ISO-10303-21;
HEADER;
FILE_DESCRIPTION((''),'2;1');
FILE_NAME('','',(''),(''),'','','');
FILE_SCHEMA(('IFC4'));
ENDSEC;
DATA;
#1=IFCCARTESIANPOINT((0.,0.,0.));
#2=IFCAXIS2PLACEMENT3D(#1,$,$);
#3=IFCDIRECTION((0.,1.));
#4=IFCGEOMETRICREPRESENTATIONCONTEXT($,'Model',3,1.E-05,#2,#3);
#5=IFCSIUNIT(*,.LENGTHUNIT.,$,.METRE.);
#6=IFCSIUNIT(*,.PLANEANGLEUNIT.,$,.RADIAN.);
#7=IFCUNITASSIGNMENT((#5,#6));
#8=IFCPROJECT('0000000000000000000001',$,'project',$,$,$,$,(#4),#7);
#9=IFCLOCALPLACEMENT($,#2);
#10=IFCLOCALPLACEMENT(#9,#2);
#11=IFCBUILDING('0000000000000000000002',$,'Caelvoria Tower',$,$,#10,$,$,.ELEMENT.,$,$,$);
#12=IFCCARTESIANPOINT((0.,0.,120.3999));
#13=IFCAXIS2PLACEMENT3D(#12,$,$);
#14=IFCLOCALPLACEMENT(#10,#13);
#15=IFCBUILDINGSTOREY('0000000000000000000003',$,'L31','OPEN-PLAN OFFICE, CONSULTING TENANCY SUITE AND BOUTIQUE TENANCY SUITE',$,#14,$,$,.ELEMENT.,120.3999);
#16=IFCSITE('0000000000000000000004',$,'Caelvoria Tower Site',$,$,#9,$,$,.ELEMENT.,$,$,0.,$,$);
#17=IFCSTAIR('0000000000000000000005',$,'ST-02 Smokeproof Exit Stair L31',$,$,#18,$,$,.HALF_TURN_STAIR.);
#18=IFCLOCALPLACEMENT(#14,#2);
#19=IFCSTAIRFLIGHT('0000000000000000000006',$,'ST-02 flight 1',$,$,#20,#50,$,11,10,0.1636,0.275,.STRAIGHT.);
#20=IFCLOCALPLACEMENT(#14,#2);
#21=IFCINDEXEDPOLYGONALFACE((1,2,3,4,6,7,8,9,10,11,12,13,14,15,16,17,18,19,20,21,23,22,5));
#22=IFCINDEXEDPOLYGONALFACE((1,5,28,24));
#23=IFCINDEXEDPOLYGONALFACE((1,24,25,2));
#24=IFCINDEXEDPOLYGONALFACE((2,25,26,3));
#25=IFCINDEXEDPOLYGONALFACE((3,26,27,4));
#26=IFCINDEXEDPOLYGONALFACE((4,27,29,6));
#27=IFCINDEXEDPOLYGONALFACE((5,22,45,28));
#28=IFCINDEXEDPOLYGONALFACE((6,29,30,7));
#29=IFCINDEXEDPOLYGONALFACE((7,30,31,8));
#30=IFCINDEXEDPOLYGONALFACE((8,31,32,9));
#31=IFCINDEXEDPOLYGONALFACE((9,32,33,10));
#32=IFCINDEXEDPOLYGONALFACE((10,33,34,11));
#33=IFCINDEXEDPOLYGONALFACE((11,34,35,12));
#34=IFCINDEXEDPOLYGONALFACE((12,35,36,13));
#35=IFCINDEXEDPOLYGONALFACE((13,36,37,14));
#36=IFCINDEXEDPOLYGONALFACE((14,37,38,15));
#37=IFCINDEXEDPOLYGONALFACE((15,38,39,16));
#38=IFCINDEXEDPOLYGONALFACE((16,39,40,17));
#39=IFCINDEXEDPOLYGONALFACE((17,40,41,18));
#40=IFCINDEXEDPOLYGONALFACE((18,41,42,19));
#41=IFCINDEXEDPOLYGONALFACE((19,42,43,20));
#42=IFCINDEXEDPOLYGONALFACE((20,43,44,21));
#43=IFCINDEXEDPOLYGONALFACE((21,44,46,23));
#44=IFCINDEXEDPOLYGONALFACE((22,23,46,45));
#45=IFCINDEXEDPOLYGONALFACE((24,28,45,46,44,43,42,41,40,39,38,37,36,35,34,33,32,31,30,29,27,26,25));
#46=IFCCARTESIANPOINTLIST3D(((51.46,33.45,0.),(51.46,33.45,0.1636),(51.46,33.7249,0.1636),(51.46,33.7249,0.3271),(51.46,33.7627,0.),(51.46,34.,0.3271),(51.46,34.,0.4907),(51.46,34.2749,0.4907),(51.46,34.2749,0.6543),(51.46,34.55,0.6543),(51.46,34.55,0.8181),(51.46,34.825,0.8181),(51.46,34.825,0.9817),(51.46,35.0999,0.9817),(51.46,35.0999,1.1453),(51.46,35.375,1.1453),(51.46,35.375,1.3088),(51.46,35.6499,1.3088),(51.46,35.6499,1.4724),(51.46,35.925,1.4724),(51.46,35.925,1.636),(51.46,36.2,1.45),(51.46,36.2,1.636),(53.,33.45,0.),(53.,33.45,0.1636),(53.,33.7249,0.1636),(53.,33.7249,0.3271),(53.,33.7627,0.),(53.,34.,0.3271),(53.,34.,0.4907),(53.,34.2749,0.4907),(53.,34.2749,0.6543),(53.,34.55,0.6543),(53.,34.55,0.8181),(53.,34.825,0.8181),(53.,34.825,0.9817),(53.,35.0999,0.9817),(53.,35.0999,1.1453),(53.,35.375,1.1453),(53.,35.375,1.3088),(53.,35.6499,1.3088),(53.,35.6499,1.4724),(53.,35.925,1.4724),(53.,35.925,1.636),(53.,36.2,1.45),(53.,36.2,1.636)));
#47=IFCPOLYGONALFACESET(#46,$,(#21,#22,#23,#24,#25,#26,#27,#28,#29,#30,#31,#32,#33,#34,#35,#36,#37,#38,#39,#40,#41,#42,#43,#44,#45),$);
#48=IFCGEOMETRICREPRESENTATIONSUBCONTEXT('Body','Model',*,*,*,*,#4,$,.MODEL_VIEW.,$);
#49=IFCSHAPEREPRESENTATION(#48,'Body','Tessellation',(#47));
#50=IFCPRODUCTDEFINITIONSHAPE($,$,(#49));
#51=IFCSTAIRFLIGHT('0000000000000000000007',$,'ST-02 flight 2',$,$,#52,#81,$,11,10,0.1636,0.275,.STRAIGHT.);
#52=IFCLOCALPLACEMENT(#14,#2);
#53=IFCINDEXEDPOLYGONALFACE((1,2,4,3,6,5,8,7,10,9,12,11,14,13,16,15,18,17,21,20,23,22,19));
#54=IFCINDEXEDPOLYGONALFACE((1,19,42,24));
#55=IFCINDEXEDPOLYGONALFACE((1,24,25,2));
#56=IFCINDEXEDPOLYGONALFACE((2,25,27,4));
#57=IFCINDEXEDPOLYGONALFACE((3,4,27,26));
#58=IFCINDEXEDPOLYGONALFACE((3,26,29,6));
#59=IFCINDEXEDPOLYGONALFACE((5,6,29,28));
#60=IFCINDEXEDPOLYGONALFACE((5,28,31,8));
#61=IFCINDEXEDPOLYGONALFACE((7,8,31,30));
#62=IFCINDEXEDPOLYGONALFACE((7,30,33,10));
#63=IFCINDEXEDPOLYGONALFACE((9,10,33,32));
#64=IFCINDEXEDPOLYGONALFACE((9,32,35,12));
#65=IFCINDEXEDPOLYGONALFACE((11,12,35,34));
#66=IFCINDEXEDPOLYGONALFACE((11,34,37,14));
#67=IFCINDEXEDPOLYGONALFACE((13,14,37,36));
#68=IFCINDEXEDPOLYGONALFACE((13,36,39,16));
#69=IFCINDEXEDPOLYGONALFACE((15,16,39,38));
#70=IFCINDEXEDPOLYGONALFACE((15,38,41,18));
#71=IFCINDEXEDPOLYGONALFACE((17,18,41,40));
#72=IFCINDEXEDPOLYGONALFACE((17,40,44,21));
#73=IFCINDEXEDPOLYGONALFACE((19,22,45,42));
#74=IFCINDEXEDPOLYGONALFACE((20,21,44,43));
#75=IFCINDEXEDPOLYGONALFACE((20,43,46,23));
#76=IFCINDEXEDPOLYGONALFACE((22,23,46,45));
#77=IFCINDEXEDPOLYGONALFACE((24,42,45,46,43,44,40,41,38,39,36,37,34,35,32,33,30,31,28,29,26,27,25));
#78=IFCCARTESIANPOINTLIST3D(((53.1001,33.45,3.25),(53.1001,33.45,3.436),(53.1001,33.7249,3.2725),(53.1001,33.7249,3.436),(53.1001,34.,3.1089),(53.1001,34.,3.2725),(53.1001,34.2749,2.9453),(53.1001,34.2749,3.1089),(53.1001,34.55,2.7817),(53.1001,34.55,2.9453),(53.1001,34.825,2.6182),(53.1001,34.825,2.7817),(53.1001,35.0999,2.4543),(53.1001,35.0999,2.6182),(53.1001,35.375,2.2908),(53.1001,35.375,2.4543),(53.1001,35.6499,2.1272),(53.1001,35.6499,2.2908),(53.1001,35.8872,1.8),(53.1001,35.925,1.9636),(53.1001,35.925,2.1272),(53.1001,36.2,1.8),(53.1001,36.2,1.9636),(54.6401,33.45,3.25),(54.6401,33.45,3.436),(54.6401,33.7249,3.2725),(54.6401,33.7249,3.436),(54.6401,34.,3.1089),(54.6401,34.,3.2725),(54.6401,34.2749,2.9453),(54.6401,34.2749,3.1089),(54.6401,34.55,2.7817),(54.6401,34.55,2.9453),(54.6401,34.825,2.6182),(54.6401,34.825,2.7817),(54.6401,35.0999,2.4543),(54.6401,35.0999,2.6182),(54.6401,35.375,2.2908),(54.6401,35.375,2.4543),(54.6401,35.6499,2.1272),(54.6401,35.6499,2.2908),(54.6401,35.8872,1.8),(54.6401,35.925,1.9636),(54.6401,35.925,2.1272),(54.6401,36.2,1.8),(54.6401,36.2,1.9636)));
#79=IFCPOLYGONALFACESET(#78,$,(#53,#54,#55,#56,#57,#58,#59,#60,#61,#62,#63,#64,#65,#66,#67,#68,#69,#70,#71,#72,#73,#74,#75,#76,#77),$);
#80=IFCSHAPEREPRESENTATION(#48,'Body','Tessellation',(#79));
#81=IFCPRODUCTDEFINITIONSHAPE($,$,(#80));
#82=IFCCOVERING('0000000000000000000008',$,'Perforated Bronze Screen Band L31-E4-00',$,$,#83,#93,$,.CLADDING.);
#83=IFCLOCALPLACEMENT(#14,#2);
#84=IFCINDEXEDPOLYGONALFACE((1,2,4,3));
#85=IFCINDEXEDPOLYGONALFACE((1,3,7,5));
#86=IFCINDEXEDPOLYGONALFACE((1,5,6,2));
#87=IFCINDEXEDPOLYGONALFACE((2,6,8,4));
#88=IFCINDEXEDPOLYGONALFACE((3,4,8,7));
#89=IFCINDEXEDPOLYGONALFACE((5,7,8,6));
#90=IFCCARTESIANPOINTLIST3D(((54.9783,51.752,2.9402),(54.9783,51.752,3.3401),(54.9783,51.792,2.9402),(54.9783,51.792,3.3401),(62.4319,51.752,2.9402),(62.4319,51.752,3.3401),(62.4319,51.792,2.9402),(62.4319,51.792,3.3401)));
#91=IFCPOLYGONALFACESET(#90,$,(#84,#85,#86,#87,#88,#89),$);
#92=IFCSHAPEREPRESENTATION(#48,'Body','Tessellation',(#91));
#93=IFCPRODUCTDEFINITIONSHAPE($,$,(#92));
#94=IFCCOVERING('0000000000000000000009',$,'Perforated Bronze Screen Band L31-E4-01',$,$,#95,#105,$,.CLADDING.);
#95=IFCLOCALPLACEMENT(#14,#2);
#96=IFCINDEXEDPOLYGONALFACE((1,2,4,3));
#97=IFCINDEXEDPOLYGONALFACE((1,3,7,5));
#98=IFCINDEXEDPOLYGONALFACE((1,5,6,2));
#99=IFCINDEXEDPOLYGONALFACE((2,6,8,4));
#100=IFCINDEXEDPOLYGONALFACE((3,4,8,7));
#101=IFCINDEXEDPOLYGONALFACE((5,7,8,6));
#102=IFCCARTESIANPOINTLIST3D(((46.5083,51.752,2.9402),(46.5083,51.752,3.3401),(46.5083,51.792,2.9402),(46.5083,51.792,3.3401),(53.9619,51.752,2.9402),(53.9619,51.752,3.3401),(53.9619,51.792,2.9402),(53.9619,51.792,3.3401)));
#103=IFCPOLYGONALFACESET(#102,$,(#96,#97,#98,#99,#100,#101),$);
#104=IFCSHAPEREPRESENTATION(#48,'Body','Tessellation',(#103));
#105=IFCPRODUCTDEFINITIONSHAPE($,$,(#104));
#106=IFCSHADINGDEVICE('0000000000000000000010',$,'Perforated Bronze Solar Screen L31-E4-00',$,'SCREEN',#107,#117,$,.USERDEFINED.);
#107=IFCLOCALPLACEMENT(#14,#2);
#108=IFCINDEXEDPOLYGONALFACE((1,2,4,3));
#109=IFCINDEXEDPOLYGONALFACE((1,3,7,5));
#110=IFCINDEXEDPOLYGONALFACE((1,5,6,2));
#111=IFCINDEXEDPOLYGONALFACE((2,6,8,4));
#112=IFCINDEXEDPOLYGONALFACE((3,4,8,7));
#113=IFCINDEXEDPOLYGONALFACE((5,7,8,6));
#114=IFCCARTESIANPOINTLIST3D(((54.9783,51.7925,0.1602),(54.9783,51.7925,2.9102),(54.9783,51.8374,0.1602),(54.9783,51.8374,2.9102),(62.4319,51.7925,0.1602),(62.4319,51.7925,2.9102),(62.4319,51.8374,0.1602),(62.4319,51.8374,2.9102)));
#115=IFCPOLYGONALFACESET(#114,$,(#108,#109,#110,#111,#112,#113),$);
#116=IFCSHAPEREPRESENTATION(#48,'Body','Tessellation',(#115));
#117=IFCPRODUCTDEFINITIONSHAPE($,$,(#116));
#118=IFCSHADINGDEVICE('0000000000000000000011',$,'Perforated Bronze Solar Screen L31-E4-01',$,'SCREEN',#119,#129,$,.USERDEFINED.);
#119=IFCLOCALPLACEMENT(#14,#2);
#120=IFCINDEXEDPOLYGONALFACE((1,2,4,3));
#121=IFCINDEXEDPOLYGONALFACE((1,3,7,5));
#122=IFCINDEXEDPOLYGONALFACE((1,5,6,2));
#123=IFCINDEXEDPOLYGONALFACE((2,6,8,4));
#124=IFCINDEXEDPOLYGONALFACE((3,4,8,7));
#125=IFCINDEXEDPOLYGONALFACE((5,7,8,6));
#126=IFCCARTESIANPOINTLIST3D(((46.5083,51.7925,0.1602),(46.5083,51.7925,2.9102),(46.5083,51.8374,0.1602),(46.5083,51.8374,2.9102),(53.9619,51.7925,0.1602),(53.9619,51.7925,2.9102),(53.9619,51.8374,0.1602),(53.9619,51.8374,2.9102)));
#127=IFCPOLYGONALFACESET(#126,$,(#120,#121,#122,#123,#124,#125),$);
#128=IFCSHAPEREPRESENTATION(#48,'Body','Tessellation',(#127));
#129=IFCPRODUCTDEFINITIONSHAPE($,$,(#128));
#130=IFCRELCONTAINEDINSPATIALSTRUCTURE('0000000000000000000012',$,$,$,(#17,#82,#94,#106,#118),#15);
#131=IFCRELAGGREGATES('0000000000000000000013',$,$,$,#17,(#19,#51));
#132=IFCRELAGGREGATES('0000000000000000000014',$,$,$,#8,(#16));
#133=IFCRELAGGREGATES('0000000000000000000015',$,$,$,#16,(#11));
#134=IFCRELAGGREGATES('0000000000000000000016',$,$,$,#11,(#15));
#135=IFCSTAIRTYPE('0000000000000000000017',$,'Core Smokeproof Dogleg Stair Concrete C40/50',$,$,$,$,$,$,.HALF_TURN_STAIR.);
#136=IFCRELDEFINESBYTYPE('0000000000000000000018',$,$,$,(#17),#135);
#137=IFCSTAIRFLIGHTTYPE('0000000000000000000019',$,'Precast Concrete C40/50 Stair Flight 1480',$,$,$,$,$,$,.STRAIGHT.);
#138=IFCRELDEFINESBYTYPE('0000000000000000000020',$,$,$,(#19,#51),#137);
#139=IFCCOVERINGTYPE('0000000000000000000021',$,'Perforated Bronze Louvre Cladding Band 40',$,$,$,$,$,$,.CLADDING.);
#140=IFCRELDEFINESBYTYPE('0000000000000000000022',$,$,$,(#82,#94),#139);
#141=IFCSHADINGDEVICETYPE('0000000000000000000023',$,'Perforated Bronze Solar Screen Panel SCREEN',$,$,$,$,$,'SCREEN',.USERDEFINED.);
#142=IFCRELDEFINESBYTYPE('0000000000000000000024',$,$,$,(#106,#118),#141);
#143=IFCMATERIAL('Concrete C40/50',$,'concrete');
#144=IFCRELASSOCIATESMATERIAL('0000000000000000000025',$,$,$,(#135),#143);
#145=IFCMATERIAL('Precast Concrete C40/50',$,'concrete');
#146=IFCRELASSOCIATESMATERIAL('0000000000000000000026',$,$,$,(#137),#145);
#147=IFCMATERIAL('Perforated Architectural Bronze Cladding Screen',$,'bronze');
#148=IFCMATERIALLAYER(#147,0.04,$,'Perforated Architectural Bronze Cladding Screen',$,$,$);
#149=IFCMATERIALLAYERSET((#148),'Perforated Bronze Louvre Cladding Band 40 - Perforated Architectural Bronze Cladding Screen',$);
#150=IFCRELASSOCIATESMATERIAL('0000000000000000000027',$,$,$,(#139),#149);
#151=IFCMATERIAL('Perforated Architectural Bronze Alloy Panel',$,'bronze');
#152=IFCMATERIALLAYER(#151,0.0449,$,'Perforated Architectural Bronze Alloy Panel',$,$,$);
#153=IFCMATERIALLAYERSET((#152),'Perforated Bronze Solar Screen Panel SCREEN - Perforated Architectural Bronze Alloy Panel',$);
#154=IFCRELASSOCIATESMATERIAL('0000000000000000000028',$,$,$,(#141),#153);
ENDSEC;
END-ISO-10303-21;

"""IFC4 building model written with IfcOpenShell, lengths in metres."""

from ifc_helpers import new_model, si_unit, direction, frame, origin, origin_2d, place, context, subcontext, project, spatial, polyline, rectangle, outline, extrude, material, layer, layer_set, type_object, element, aggregate, save


model = new_model("IFC4")

# Units and contexts
model_context = context("Model", 3, precision=1e-05, world=origin(), true_north=direction((0.0, 1.0)))
body_context = subcontext(model_context, "Body", "Model", "MODEL_VIEW")
ifc_project = project(units=[si_unit("LENGTHUNIT", "METRE"), si_unit("PLANEANGLEUNIT", "RADIAN")], contexts=[model_context])

# Site, building, storey
site_placement = place(None, origin())
site = spatial("IfcSite", under=ifc_project, at=site_placement, Name="Caelvoria Tower Site", CompositionType="ELEMENT", RefElevation=0.0)
building_placement = place(site_placement, origin())
building = spatial("IfcBuilding", under=site, at=building_placement, Name="Caelvoria Tower", CompositionType="ELEMENT")
storey_placement = place(building_placement, frame((0.0, 0.0, 120.3999)))
storey = spatial("IfcBuildingStorey", under=building, at=storey_placement, Name="L31", Description="OPEN-PLAN OFFICE, CONSULTING TENANCY SUITE AND BOUTIQUE TENANCY SUITE", CompositionType="ELEMENT", Elevation=120.3999)

# Stair, stair flights
ifc_material_1 = material(Name="Concrete C40/50", Category="concrete")
stair_type = type_object("IfcStairType", Name="Core Smokeproof Dogleg Stair Concrete C40/50", PredefinedType="HALF_TURN_STAIR", material=ifc_material_1)
stair_placement = place(storey_placement, origin())
stair = element("IfcStair", 1, at=stair_placement, inside=storey, type_object=stair_type, Name="ST-02 Smokeproof Exit Stair L31", PredefinedType="HALF_TURN_STAIR")
ifc_material_2 = material(Name="Precast Concrete C40/50", Category="concrete")
stair_flight_type = type_object("IfcStairFlightType", Name="Precast Concrete C40/50 Stair Flight 1480", PredefinedType="STRAIGHT", material=ifc_material_2)
stair_flight_1_placement = place(storey_placement, frame((52.23, 33.45, 0.0), z_axis=(0.0, 0.0, 1.0), x_axis=(0.0, 1.0, 0.0)))
stair_flight_1 = element("IfcStairFlight", 2, at=stair_flight_1_placement, type_object=stair_flight_type, Name="ST-02 flight 1", NumberOfRisers=11, NumberOfTreads=10, PredefinedType="STRAIGHT", RiserHeight=0.1636, TreadLength=0.275, context=body_context, shape_type="SweptSolid", body=[
    extrude(outline(polyline([(0.0, 0.0), (0.0, 0.1636), (0.2749, 0.1636), (0.2749, 0.3271), (0.55, 0.3271), (0.55, 0.4907), (0.825, 0.4907), (0.825, 0.6543), (1.1001, 0.6543), (1.1001, 0.8181), (1.375, 0.8181), (1.375, 0.9817), (1.6499, 0.9817), (1.6499, 1.1453), (1.925, 1.1453), (1.925, 1.3088), (2.2, 1.3088), (2.2, 1.4724), (2.4751, 1.4724), (2.4751, 1.636), (2.75, 1.636), (2.75, 1.7996), (2.75, 1.45), (0.3127, 0.0), (0.0, 0.0)])), frame((0.0, 0.77, 0.0), z_axis=(0.0, -1.0, 0.0), x_axis=(1.0, 0.0, 0.0)), (0.0, 0.0, 1.0), 1.54),
])
stair_flight_2_placement = place(storey_placement, frame((53.8701, 36.2, 1.8), z_axis=(0.0, 0.0, 1.0), x_axis=(0.0, -1.0, 0.0)))
stair_flight_2 = element("IfcStairFlight", 3, at=stair_flight_2_placement, type_object=stair_flight_type, Name="ST-02 flight 2", NumberOfRisers=11, NumberOfTreads=10, PredefinedType="STRAIGHT", RiserHeight=0.1636, TreadLength=0.275, context=body_context, shape_type="SweptSolid", body=[
    extrude(outline(polyline([(0.0, 0.0), (0.0, 0.1636), (0.2749, 0.1636), (0.2749, 0.3271), (0.55, 0.3271), (0.55, 0.4907), (0.825, 0.4907), (0.825, 0.6543), (1.1001, 0.6543), (1.1001, 0.8181), (1.375, 0.8181), (1.375, 0.9817), (1.6499, 0.9817), (1.6499, 1.1453), (1.925, 1.1453), (1.925, 1.3088), (2.2, 1.3088), (2.2, 1.4724), (2.4751, 1.4724), (2.4751, 1.636), (2.75, 1.636), (2.75, 1.7996), (2.75, 1.45), (0.3127, 0.0), (0.0, 0.0)])), frame((0.0, 0.77, 0.0), z_axis=(0.0, -1.0, 0.0), x_axis=(1.0, 0.0, 0.0)), (0.0, 0.0, 1.0), 1.54),
])
aggregate(stair, [stair_flight_1, stair_flight_2])

# Coverings
ifc_material_3 = material(Name="Perforated Architectural Bronze Cladding Screen", Category="bronze")
ifc_layer_1 = layer(ifc_material_3, 0.04, Name="Perforated Architectural Bronze Cladding Screen")
ifc_layer_set_1 = layer_set([ifc_layer_1], Name="Perforated Bronze Louvre Cladding Band 40 - Perforated Architectural Bronze Cladding Screen")
covering_type = type_object("IfcCoveringType", Name="Perforated Bronze Louvre Cladding Band 40", PredefinedType="CLADDING", material=ifc_layer_set_1)
for number, where, z_axis, x_axis, name in (
    (4, (58.7051, 51.772, 2.9402), (0.0, 0.0, 1.0), (-1.0, 0.0, 0.0), "Perforated Bronze Screen Band L31-E4-00"),
    (5, (50.2351, 51.772, 2.9402), (0.0, 0.0, 1.0), (-1.0, 0.0, 0.0), "Perforated Bronze Screen Band L31-E4-01"),
):
    element("IfcCovering", number, at=place(storey_placement, frame(where, z_axis=z_axis, x_axis=x_axis)), inside=storey, type_object=covering_type, Name=name, PredefinedType="CLADDING", context=body_context, shape_type="SweptSolid", body=[
        extrude(rectangle(XDim=7.4536, YDim=0.04, at=origin_2d()), origin(), (0.0, 0.0, 1.0), 0.3999),
    ])

# Shading devices
ifc_material_4 = material(Name="Perforated Architectural Bronze Alloy Panel", Category="bronze")
ifc_layer_2 = layer(ifc_material_4, 0.0449, Name="Perforated Architectural Bronze Alloy Panel")
ifc_layer_set_2 = layer_set([ifc_layer_2], Name="Perforated Bronze Solar Screen Panel SCREEN - Perforated Architectural Bronze Alloy Panel")
shading_device_type = type_object("IfcShadingDeviceType", Name="Perforated Bronze Solar Screen Panel SCREEN", ElementType="SCREEN", PredefinedType="USERDEFINED", material=ifc_layer_set_2)
for number, where, z_axis, x_axis, name in (
    (6, (58.7051, 51.8149, 0.1602), (0.0, 0.0, 1.0), (-1.0, 0.0, 0.0), "Perforated Bronze Solar Screen L31-E4-00"),
    (7, (50.2351, 51.8149, 0.1602), (0.0, 0.0, 1.0), (-1.0, 0.0, 0.0), "Perforated Bronze Solar Screen L31-E4-01"),
):
    element("IfcShadingDevice", number, at=place(storey_placement, frame(where, z_axis=z_axis, x_axis=x_axis)), inside=storey, type_object=shading_device_type, Name=name, ObjectType="SCREEN", PredefinedType="USERDEFINED", context=body_context, shape_type="SweptSolid", body=[
        extrude(rectangle(XDim=7.4536, YDim=0.0449, at=origin_2d()), origin(), (0.0, 0.0, 1.0), 2.75),
    ])

save(model, "model.ifc")
